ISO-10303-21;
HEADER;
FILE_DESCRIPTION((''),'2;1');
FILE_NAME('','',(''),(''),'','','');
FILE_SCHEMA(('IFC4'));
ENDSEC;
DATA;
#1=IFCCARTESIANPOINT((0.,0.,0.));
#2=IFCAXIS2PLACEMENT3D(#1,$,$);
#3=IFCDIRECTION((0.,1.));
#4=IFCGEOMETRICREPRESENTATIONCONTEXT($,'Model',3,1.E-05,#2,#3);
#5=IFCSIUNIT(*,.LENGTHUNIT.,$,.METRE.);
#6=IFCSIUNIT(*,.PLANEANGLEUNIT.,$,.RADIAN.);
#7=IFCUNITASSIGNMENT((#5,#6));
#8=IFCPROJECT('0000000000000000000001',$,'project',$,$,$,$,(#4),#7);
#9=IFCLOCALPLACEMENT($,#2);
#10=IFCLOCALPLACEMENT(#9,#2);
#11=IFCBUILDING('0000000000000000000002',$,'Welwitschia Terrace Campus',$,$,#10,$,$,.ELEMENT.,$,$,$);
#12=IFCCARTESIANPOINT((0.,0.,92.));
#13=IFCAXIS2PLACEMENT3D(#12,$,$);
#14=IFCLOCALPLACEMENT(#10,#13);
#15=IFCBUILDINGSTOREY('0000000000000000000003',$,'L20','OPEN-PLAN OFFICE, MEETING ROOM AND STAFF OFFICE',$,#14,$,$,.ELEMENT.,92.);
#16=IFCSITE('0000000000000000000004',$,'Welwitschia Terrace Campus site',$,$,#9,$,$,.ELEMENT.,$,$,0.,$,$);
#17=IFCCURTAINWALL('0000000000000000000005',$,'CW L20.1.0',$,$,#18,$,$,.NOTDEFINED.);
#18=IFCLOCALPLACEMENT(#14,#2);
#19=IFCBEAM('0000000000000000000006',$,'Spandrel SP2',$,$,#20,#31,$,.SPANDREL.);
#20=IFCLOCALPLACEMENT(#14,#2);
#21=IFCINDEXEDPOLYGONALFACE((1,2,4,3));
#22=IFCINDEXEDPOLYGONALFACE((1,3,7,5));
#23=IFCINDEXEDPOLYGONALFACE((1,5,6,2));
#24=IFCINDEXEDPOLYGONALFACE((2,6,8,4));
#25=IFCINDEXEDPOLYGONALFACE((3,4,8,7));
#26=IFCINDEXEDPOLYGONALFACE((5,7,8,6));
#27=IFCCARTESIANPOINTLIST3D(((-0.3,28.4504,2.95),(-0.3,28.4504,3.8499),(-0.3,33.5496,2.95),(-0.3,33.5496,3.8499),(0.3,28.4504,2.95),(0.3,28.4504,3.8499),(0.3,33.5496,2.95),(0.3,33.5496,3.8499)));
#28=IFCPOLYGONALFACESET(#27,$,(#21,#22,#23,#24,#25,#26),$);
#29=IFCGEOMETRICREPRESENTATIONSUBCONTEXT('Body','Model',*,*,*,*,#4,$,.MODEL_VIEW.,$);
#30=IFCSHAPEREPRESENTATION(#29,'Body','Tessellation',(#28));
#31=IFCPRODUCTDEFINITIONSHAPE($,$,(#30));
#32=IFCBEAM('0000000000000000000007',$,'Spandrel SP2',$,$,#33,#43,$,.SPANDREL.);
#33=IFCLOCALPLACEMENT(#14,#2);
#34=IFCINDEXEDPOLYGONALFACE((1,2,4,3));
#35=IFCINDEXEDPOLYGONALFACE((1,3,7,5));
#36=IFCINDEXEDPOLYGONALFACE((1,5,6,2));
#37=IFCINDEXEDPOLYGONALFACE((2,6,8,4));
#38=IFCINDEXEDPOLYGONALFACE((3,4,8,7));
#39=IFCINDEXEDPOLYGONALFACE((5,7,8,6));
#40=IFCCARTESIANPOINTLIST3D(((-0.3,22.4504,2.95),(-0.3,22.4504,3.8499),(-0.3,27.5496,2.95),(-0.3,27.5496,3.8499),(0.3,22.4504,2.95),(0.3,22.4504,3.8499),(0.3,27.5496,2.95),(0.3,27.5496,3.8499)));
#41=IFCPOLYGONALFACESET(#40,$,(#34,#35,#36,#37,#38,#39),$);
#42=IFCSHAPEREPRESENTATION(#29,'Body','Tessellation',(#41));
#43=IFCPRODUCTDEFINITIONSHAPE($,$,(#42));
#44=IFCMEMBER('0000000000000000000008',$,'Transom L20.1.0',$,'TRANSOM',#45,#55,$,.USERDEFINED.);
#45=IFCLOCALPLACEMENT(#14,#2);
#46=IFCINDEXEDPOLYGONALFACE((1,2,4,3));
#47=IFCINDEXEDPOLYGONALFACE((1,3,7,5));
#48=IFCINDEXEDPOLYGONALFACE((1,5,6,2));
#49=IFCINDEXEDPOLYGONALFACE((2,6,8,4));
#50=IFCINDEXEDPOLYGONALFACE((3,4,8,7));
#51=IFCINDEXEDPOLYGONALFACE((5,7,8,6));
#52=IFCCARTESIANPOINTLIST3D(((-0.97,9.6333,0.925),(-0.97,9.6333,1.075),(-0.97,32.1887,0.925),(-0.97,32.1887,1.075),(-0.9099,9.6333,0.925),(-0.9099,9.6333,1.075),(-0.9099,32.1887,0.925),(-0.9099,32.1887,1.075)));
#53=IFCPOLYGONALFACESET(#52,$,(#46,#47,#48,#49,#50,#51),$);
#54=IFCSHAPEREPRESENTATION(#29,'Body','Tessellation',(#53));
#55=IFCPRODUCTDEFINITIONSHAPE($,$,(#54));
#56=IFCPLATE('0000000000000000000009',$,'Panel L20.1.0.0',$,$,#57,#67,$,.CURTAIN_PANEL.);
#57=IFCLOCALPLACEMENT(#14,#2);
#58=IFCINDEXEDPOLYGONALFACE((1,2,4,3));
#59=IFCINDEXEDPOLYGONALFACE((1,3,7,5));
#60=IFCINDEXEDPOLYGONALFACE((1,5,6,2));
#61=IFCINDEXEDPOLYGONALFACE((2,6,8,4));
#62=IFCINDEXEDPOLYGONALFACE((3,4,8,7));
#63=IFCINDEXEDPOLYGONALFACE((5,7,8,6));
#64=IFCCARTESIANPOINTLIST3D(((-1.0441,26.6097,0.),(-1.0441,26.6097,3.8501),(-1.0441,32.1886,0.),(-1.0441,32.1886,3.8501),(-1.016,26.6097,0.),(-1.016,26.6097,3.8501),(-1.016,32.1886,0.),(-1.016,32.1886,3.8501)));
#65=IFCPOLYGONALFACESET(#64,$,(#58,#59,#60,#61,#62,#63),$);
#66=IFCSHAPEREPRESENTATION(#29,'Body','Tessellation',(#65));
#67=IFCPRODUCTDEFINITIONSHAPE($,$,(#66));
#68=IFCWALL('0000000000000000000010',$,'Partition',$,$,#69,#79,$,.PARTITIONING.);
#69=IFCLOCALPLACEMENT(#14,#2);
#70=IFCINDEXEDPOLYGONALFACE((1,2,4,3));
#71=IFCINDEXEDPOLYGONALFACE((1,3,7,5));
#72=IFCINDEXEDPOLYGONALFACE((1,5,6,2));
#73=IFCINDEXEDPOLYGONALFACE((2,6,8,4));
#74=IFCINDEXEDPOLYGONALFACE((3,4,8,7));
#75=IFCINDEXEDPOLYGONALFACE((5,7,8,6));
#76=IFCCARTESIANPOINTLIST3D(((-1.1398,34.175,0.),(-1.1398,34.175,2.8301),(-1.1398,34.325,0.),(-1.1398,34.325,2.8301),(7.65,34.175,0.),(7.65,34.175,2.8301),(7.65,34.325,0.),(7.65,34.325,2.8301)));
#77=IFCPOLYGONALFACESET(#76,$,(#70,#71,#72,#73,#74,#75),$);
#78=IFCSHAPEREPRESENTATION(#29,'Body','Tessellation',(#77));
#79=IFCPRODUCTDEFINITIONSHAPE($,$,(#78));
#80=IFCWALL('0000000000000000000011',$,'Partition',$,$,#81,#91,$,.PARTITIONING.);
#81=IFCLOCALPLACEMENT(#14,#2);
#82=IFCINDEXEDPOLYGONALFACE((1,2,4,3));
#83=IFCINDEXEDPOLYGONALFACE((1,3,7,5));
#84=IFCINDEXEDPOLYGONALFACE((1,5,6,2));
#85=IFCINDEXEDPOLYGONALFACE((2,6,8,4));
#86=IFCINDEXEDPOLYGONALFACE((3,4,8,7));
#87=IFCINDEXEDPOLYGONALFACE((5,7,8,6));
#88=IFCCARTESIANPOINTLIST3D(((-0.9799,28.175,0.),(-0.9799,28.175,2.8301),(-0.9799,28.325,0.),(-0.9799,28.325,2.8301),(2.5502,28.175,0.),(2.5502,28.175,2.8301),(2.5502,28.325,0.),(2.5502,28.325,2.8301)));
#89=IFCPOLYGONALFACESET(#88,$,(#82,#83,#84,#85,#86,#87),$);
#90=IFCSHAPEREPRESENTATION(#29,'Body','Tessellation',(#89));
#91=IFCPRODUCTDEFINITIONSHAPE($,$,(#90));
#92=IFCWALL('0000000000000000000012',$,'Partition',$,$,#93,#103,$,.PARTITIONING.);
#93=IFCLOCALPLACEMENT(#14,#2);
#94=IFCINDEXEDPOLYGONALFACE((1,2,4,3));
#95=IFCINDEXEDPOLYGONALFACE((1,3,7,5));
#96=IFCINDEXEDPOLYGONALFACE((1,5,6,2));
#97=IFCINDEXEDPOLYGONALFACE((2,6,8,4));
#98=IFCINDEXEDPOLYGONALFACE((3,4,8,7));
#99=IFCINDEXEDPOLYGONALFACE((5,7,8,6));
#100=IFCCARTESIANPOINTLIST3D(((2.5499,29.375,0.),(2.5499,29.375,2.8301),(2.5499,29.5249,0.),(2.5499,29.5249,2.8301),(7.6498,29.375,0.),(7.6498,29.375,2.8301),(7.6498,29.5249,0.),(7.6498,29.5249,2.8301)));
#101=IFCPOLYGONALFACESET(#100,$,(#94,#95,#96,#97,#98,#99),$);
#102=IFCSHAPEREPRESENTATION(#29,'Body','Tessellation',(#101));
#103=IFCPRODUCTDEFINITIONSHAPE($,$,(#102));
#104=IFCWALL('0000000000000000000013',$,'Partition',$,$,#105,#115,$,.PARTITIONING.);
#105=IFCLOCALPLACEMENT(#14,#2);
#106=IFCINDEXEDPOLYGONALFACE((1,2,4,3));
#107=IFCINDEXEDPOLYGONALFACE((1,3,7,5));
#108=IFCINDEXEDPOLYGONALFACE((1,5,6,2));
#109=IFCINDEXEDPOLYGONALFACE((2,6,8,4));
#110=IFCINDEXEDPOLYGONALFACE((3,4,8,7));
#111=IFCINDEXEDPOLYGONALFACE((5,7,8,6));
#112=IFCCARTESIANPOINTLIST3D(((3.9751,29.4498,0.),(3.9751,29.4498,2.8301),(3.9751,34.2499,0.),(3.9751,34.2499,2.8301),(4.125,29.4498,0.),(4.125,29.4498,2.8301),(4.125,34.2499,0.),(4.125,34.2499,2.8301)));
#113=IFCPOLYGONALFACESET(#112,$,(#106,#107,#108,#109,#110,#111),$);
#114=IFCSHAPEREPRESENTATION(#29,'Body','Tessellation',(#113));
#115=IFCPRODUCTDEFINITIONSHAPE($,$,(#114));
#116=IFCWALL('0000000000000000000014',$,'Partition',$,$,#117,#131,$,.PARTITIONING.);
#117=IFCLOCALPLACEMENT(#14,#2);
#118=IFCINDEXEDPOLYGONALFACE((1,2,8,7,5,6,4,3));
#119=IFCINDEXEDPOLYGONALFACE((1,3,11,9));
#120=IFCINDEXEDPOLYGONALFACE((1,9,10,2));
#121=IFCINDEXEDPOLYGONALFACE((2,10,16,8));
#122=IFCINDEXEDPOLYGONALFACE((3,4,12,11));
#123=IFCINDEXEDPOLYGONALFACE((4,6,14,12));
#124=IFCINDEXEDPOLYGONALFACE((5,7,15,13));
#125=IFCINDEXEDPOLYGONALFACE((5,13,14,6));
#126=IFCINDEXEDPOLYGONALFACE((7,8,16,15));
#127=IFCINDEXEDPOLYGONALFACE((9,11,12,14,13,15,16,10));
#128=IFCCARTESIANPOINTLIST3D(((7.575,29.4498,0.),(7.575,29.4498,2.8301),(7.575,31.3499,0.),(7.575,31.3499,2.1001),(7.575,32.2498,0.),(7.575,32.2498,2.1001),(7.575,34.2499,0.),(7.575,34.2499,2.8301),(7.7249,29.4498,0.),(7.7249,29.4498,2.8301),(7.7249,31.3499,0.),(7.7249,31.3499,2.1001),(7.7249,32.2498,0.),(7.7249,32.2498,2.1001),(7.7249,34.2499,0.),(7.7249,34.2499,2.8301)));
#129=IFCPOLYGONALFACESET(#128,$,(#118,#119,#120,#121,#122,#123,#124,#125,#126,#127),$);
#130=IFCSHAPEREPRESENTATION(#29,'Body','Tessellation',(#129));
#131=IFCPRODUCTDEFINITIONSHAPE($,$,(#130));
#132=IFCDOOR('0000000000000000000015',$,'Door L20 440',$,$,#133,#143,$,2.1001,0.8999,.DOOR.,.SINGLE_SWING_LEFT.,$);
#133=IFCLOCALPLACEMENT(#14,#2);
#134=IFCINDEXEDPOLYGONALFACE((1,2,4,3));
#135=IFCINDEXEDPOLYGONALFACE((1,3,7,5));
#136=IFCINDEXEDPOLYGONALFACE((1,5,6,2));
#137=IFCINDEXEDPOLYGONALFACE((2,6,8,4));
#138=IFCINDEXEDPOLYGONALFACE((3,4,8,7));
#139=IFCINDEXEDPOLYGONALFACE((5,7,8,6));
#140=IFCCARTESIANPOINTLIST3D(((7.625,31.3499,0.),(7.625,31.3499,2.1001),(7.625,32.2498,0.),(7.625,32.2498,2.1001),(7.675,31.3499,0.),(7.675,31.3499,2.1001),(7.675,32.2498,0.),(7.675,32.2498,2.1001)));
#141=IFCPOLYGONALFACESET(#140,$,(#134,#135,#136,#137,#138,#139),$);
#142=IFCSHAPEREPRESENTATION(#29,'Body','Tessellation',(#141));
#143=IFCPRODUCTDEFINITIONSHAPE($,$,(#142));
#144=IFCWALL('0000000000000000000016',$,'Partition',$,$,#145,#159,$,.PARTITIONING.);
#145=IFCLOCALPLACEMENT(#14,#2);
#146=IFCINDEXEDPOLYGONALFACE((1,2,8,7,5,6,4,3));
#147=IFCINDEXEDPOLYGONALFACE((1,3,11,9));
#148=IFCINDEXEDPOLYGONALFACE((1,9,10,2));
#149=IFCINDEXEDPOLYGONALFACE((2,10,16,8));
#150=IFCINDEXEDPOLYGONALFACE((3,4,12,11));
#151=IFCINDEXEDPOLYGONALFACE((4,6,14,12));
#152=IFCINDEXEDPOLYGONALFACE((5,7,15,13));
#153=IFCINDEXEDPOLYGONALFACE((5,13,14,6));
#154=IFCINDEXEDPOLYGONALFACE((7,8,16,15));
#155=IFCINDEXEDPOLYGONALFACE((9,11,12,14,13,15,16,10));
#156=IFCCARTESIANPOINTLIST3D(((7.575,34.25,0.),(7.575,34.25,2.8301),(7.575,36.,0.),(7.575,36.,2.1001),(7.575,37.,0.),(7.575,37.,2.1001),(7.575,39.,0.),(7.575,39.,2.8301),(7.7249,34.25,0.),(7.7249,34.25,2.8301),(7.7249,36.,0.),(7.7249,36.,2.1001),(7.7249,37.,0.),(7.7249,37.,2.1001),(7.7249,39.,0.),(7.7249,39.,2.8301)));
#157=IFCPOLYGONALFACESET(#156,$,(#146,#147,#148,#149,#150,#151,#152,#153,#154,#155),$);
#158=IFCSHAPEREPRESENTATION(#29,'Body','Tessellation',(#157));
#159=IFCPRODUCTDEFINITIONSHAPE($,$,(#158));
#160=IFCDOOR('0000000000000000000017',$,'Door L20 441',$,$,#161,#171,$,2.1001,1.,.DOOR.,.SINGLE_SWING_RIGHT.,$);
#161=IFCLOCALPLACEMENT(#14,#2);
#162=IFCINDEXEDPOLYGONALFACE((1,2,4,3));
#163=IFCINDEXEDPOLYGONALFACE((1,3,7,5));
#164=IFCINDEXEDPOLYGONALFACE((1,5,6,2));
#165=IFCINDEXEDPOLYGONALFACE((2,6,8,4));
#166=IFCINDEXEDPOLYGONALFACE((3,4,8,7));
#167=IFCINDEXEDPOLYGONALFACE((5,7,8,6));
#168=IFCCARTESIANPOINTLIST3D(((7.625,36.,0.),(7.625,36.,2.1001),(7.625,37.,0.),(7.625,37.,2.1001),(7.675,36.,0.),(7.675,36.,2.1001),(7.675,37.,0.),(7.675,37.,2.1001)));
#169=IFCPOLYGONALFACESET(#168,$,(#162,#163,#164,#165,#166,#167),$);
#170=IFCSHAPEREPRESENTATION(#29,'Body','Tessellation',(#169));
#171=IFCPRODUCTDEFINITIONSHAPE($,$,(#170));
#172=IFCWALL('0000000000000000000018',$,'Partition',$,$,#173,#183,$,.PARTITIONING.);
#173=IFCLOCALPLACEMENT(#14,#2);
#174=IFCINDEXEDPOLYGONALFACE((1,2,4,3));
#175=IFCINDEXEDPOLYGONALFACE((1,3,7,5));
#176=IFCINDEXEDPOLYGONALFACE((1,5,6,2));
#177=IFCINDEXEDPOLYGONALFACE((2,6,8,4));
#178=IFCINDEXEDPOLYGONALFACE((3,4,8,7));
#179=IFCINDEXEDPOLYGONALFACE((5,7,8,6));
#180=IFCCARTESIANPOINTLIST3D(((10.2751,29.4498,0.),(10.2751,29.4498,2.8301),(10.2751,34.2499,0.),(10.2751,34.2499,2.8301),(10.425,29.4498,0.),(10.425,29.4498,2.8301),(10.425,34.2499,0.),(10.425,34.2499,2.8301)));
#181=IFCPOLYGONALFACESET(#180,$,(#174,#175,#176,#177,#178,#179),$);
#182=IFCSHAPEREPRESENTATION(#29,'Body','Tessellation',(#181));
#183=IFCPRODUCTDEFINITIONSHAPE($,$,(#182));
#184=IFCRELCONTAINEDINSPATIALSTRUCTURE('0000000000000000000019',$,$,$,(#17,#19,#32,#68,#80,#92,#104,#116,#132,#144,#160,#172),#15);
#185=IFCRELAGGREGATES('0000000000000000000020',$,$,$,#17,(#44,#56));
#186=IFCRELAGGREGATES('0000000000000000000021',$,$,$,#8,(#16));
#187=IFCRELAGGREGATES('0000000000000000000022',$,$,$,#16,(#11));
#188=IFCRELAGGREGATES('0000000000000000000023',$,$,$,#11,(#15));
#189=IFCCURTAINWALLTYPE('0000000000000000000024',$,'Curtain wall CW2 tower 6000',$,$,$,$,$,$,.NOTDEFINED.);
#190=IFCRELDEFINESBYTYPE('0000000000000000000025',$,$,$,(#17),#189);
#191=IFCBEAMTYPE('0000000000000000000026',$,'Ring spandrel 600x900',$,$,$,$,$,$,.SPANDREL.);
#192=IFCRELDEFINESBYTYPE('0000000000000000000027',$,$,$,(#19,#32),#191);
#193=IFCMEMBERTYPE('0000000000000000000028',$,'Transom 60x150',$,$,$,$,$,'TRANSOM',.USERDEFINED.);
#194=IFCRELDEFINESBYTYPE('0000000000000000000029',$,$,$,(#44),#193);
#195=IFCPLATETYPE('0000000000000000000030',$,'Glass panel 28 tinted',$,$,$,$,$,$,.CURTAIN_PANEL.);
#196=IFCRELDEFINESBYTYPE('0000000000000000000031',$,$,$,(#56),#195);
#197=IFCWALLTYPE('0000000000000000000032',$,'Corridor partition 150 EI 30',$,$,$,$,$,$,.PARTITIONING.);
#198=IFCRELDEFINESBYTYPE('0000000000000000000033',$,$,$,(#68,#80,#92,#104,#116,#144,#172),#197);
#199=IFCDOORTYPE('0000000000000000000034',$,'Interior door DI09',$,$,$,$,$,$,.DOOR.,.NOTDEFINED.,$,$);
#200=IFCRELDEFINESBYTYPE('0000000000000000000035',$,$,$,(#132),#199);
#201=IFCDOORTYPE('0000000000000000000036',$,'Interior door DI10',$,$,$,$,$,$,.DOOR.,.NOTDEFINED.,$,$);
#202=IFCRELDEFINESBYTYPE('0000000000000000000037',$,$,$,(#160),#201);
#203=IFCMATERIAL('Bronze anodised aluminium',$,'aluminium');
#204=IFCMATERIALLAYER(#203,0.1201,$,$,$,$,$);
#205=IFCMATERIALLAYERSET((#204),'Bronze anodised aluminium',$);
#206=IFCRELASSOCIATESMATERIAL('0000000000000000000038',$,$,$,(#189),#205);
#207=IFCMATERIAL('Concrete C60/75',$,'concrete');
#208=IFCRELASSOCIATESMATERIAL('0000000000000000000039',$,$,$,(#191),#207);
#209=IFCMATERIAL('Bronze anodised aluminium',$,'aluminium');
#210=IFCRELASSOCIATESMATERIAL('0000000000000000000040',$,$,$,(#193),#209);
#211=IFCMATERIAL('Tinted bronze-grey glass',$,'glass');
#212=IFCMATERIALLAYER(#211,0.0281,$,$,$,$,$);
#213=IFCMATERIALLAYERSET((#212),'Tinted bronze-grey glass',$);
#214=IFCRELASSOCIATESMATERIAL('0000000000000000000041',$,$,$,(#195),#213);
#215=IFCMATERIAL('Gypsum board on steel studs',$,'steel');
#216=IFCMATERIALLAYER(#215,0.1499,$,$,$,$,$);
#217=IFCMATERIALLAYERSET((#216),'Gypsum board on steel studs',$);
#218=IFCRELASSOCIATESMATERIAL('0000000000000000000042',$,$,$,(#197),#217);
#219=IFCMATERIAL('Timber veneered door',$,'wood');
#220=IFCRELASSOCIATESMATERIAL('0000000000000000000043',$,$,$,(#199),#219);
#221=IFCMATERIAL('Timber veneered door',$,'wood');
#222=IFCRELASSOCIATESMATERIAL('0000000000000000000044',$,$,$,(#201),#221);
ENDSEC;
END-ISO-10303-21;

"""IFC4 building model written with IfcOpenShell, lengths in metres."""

from ifc_helpers import new_model, si_unit, direction, frame, frame_2d, origin, origin_2d, place, context, subcontext, project, spatial, rectangle, extrude, material, layer, layer_set, material_profile, profile_set, type_object, element, fill, aggregate, save


model = new_model("IFC4")

# Units and contexts
model_context = context("Model", 3, precision=1e-05, world=origin(), true_north=direction((0.0, 1.0)))
body_context = subcontext(model_context, "Body", "Model", "MODEL_VIEW")
ifc_project = project(units=[si_unit("LENGTHUNIT", "METRE"), si_unit("PLANEANGLEUNIT", "RADIAN")], contexts=[model_context])

# Site, building, storey
site_placement = place(None, origin())
site = spatial("IfcSite", under=ifc_project, at=site_placement, Name="Welwitschia Terrace Campus site", CompositionType="ELEMENT", RefElevation=0.0)
building_placement = place(site_placement, origin())
building = spatial("IfcBuilding", under=site, at=building_placement, Name="Welwitschia Terrace Campus", CompositionType="ELEMENT")
storey_placement = place(building_placement, frame((0.0, 0.0, 92.0)))
storey = spatial("IfcBuildingStorey", under=building, at=storey_placement, Name="L20", Description="OPEN-PLAN OFFICE, MEETING ROOM AND STAFF OFFICE", CompositionType="ELEMENT", Elevation=92.0)

# Shared definitions
ifc_material_1 = material(Name="Bronze anodised aluminium", Category="aluminium")
ifc_layer_1 = layer(ifc_material_1, 0.1201)
ifc_layer_set_1 = layer_set([ifc_layer_1], Name="Bronze anodised aluminium")
curtain_wall_type = type_object("IfcCurtainWallType", Name="Curtain wall CW2 tower 6000", PredefinedType="NOTDEFINED", material=ifc_layer_set_1)

# Curtain wall
curtain_wall_1_placement = place(storey_placement, origin())
curtain_wall_1 = element("IfcCurtainWall", 1, at=curtain_wall_1_placement, inside=storey, type_object=curtain_wall_type, Name="CW L20.1.0", PredefinedType="NOTDEFINED")

# Beams
ifc_material_2 = material(Name="Concrete C60/75", Category="concrete")
ifc_material_profile_1 = material_profile(ifc_material_2, rectangle(XDim=0.6001, YDim=0.8999, at=origin_2d()))
ifc_profile_set_1 = profile_set([ifc_material_profile_1], Name="Concrete C60/75")
beam_type_1 = type_object("IfcBeamType", Name="Ring spandrel 600x900", PredefinedType="SPANDREL", material=ifc_profile_set_1)
for number, where, z_axis, x_axis, name in (
    (2, (0.0, 33.5496, 3.3999), (0.0, -1.0, 0.0), (1.0, 0.0, 0.0), "Spandrel SP2"),
    (3, (0.0, 27.5496, 3.3999), (0.0, -1.0, 0.0), (1.0, 0.0, 0.0), "Spandrel SP2"),
):
    element("IfcBeam", number, at=place(storey_placement, frame(where, z_axis=z_axis, x_axis=x_axis)), inside=storey, type_object=beam_type_1, Name=name, PredefinedType="SPANDREL", context=body_context, shape_type="SweptSolid", body=[
        extrude(rectangle(XDim=0.6001, YDim=0.8999, at=origin_2d()), origin(), (0.0, 0.0, 1.0), 5.0991),
    ])

# Member
ifc_material_3 = material(Name="Bronze anodised aluminium", Category="aluminium")
ifc_material_profile_2 = material_profile(ifc_material_3, rectangle(XDim=0.0601, YDim=0.1499, at=origin_2d()))
ifc_profile_set_2 = profile_set([ifc_material_profile_2], Name="Bronze anodised aluminium")
member_type_1 = type_object("IfcMemberType", Name="Transom 60x150", ElementType="TRANSOM", PredefinedType="USERDEFINED", material=ifc_profile_set_2)
member_1_placement = place(storey_placement, frame((-0.9399, 32.1887, 1.0), z_axis=(0.0, -1.0, 0.0), x_axis=(1.0, 0.0, 0.0)))
member_1 = element("IfcMember", 4, at=member_1_placement, type_object=member_type_1, Name="Transom L20.1.0", ObjectType="TRANSOM", PredefinedType="USERDEFINED", context=body_context, shape_type="SweptSolid", body=[
    extrude(rectangle(XDim=0.0601, YDim=0.1499, at=origin_2d()), origin(), (0.0, 0.0, 1.0), 22.5554),
])

# Plate
ifc_material_4 = material(Name="Tinted bronze-grey glass", Category="glass")
ifc_layer_2 = layer(ifc_material_4, 0.0281)
ifc_layer_set_2 = layer_set([ifc_layer_2], Name="Tinted bronze-grey glass")
plate_type = type_object("IfcPlateType", Name="Glass panel 28 tinted", PredefinedType="CURTAIN_PANEL", material=ifc_layer_set_2)
plate_placement = place(storey_placement, frame((-1.03, 29.3992, 0.0), z_axis=(0.0, 0.0, 1.0), x_axis=(0.0, -1.0, 0.0)))
plate = element("IfcPlate", 5, at=plate_placement, type_object=plate_type, Name="Panel L20.1.0.0", PredefinedType="CURTAIN_PANEL", context=body_context, shape_type="SweptSolid", body=[
    extrude(rectangle(XDim=5.5789, YDim=0.0281, at=origin_2d()), origin(), (0.0, 0.0, 1.0), 3.8501),
])
aggregate(curtain_wall_1, [member_1, plate])

# Walls
ifc_material_5 = material(Name="Gypsum board on steel studs", Category="steel")
ifc_layer_3 = layer(ifc_material_5, 0.1499)
ifc_layer_set_3 = layer_set([ifc_layer_3], Name="Gypsum board on steel studs")
wall_type = type_object("IfcWallType", Name="Corridor partition 150 EI 30", PredefinedType="PARTITIONING", material=ifc_layer_set_3)
wall_1_placement = place(storey_placement, frame((-1.1399, 34.25, 0.0), z_axis=(0.0, 0.0, 1.0), x_axis=(1.0, 0.0, 0.0)))
element("IfcWall", 6, at=wall_1_placement, inside=storey, type_object=wall_type, Name="Partition", PredefinedType="PARTITIONING", context=body_context, shape_type="SweptSolid", body=[
    extrude(rectangle(XDim=8.7898, YDim=0.1499, at=frame_2d((4.395, 0.0))), origin(), (0.0, 0.0, 1.0), 2.8301),
])
wall_2_placement = place(storey_placement, frame((-0.98, 28.25, 0.0), z_axis=(0.0, 0.0, 1.0), x_axis=(1.0, 0.0, 0.0)))
element("IfcWall", 7, at=wall_2_placement, inside=storey, type_object=wall_type, Name="Partition", PredefinedType="PARTITIONING", context=body_context, shape_type="SweptSolid", body=[
    extrude(rectangle(XDim=3.53, YDim=0.1499, at=frame_2d((1.7651, 0.0))), origin(), (0.0, 0.0, 1.0), 2.8301),
])
wall_3_placement = place(storey_placement, frame((2.55, 29.45, 0.0), z_axis=(0.0, 0.0, 1.0), x_axis=(1.0, 0.0, 0.0)))
element("IfcWall", 8, at=wall_3_placement, inside=storey, type_object=wall_type, Name="Partition", PredefinedType="PARTITIONING", context=body_context, shape_type="SweptSolid", body=[
    extrude(rectangle(XDim=5.0999, YDim=0.1499, at=frame_2d((2.5498, 0.0))), origin(), (0.0, 0.0, 1.0), 2.8301),
])
wall_4_placement = place(storey_placement, frame((4.05, 29.45, 0.0), z_axis=(0.0, 0.0, 1.0), x_axis=(0.0, 1.0, 0.0)))
element("IfcWall", 9, at=wall_4_placement, inside=storey, type_object=wall_type, Name="Partition", PredefinedType="PARTITIONING", context=body_context, shape_type="SweptSolid", body=[
    extrude(rectangle(XDim=4.8, YDim=0.1499, at=frame_2d((2.3999, 0.0))), origin(), (0.0, 0.0, 1.0), 2.8301),
])

# Walls, openings, doors
wall_5_placement = place(storey_placement, frame((7.6499, 29.45, 0.0), z_axis=(0.0, 0.0, 1.0), x_axis=(0.0, 1.0, 0.0)))
wall_5 = element("IfcWall", 10, at=wall_5_placement, inside=storey, type_object=wall_type, Name="Partition", PredefinedType="PARTITIONING", context=body_context, shape_type="SweptSolid", body=[
    extrude(rectangle(XDim=4.8, YDim=0.1499, at=frame_2d((2.3999, 0.0))), origin(), (0.0, 0.0, 1.0), 2.8301),
])
opening_1_placement = place(wall_5_placement, frame((1.8999, 0.0, 0.0)))
opening_1 = element("IfcOpeningElement", 11, at=opening_1_placement, cuts=wall_5, PredefinedType="OPENING", context=body_context, shape_type="SweptSolid", body=[
    extrude(rectangle(XDim=0.8999, YDim=2.1001, at=frame_2d((0.45, 1.05))), frame((0.0, 0.085, 0.0), z_axis=(0.0, -1.0, 0.0), x_axis=(1.0, 0.0, 0.0)), (0.0, 0.0, 1.0), 0.1699),
])
ifc_material_6 = material(Name="Timber veneered door", Category="wood")
door_type_1 = type_object("IfcDoorType", Name="Interior door DI09", OperationType="NOTDEFINED", PredefinedType="DOOR", material=ifc_material_6)
door_1_placement = place(opening_1_placement, origin())
door_1 = element("IfcDoor", 12, at=door_1_placement, inside=storey, type_object=door_type_1, Name="Door L20 440", OperationType="SINGLE_SWING_LEFT", OverallHeight=2.1001, OverallWidth=0.8999, PredefinedType="DOOR", context=body_context, shape_type="SweptSolid", body=[
    extrude(rectangle(XDim=0.8999, YDim=2.1001, at=frame_2d((0.45, 1.05))), frame((0.0, 0.0249, 0.0), z_axis=(0.0, -1.0, 0.0), x_axis=(1.0, 0.0, 0.0)), (0.0, 0.0, 1.0), 0.05),
])
fill(opening_1, door_1)
wall_6_placement = place(storey_placement, frame((7.6499, 34.25, 0.0), z_axis=(0.0, 0.0, 1.0), x_axis=(0.0, 1.0, 0.0)))
wall_6 = element("IfcWall", 13, at=wall_6_placement, inside=storey, type_object=wall_type, Name="Partition", PredefinedType="PARTITIONING", context=body_context, shape_type="SweptSolid", body=[
    extrude(rectangle(XDim=4.75, YDim=0.1499, at=frame_2d((2.375, 0.0))), origin(), (0.0, 0.0, 1.0), 2.8301),
])
opening_2_placement = place(wall_6_placement, frame((1.75, 0.0, 0.0)))
opening_2 = element("IfcOpeningElement", 14, at=opening_2_placement, cuts=wall_6, PredefinedType="OPENING", context=body_context, shape_type="SweptSolid", body=[
    extrude(rectangle(XDim=1.0, YDim=2.1001, at=frame_2d((0.5, 1.05))), frame((0.0, 0.085, 0.0), z_axis=(0.0, -1.0, 0.0), x_axis=(1.0, 0.0, 0.0)), (0.0, 0.0, 1.0), 0.1699),
])
ifc_material_7 = material(Name="Timber veneered door", Category="wood")
door_type_2 = type_object("IfcDoorType", Name="Interior door DI10", OperationType="NOTDEFINED", PredefinedType="DOOR", material=ifc_material_7)
door_2_placement = place(opening_2_placement, origin())
door_2 = element("IfcDoor", 15, at=door_2_placement, inside=storey, type_object=door_type_2, Name="Door L20 441", OperationType="SINGLE_SWING_RIGHT", OverallHeight=2.1001, OverallWidth=1.0, PredefinedType="DOOR", context=body_context, shape_type="SweptSolid", body=[
    extrude(rectangle(XDim=1.0, YDim=2.1001, at=frame_2d((0.5, 1.05))), frame((0.0, 0.0249, 0.0), z_axis=(0.0, -1.0, 0.0), x_axis=(1.0, 0.0, 0.0)), (0.0, 0.0, 1.0), 0.05),
])
fill(opening_2, door_2)

# Wall
wall_7_placement = place(storey_placement, frame((10.3501, 29.45, 0.0), z_axis=(0.0, 0.0, 1.0), x_axis=(0.0, 1.0, 0.0)))
element("IfcWall", 16, at=wall_7_placement, inside=storey, type_object=wall_type, Name="Partition", PredefinedType="PARTITIONING", context=body_context, shape_type="SweptSolid", body=[
    extrude(rectangle(XDim=4.8, YDim=0.1499, at=frame_2d((2.3999, 0.0))), origin(), (0.0, 0.0, 1.0), 2.8301),
])

save(model, "model.ifc")
